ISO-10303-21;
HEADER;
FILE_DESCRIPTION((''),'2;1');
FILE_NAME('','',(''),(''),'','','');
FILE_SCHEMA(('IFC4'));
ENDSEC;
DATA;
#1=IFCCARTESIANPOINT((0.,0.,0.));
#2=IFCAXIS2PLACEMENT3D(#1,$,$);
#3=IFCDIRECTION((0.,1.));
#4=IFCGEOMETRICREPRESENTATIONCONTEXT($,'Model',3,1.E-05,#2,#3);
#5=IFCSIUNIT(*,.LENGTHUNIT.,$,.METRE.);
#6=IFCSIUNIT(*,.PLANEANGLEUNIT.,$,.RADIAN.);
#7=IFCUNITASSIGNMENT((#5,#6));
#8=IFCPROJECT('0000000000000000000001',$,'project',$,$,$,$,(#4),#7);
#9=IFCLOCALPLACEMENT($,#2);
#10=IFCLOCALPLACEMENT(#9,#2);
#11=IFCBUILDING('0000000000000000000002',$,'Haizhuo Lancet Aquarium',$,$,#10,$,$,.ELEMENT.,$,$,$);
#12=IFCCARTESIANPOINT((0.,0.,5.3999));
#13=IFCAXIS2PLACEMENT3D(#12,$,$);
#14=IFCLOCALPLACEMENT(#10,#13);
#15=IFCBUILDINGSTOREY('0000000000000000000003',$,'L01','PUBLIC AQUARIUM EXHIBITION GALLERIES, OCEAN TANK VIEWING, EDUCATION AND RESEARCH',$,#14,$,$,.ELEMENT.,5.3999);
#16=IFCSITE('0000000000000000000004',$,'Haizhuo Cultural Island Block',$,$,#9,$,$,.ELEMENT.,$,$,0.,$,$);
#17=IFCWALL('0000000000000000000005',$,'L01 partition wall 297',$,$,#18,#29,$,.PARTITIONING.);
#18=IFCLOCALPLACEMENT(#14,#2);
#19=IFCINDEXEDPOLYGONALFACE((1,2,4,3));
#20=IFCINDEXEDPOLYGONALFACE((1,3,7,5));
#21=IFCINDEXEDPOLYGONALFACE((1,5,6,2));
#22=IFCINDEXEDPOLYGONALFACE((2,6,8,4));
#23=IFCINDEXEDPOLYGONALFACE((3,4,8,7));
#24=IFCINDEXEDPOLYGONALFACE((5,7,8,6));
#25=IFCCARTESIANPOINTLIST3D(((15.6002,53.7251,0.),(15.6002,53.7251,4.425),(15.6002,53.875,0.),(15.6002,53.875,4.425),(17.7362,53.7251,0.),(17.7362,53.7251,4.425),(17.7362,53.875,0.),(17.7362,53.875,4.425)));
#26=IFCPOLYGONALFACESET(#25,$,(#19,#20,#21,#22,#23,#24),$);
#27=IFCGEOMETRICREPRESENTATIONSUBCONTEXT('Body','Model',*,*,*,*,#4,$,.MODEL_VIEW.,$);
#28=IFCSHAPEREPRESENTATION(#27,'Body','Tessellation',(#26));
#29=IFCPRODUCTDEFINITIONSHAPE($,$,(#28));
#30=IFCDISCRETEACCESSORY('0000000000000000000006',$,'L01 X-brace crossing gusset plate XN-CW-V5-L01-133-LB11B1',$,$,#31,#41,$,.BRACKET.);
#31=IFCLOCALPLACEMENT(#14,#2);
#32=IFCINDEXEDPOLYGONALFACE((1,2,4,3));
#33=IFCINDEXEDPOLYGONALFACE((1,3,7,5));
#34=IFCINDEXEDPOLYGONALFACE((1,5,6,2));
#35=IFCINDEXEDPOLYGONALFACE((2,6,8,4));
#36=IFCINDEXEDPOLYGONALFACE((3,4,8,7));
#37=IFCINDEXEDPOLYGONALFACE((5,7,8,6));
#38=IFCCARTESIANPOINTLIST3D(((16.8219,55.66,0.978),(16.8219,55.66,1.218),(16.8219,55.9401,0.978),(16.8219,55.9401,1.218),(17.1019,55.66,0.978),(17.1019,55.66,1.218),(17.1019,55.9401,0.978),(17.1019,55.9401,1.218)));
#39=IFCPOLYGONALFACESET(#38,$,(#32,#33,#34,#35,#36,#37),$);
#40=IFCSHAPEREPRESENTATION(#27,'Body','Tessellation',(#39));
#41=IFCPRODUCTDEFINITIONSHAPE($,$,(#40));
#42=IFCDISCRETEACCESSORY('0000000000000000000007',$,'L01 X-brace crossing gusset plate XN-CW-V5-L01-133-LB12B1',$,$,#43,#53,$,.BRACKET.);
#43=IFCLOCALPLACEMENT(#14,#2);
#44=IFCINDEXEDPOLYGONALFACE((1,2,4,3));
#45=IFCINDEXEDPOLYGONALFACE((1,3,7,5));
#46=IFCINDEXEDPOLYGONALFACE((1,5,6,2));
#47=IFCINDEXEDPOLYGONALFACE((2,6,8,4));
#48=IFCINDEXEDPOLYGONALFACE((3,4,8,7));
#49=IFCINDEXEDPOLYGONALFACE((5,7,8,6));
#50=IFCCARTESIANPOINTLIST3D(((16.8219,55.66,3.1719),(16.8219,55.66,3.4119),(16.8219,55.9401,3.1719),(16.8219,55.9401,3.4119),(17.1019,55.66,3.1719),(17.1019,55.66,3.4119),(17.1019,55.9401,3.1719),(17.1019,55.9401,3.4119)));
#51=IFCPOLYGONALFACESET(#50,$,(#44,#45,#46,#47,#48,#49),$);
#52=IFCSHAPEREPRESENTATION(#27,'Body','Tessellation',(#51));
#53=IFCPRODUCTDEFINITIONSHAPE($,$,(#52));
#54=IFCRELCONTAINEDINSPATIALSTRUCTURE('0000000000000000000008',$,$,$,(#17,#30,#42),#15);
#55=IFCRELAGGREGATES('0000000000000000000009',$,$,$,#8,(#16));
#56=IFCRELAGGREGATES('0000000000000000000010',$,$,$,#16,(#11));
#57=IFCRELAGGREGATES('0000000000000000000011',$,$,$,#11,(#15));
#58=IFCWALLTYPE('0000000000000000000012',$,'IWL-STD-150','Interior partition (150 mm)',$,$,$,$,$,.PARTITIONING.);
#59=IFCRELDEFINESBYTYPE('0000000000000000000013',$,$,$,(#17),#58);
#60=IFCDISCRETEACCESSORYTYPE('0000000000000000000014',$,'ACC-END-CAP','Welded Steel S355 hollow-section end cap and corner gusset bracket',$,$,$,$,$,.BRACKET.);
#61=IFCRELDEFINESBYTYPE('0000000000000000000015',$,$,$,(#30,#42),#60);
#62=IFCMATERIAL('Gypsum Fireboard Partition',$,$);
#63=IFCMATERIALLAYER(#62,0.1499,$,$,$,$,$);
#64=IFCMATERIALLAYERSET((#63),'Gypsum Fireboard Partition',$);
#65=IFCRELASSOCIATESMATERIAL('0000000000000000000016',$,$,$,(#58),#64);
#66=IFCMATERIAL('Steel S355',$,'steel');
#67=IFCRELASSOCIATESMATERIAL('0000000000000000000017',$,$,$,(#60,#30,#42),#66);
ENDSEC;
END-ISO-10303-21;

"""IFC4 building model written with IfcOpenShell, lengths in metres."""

from ifc_helpers import new_model, si_unit, direction, frame, frame_2d, origin, origin_2d, place, context, subcontext, project, spatial, rectangle, extrude, material, layer, layer_set, type_object, element, save


model = new_model("IFC4")

# Units and contexts
model_context = context("Model", 3, precision=1e-05, world=origin(), true_north=direction((0.0, 1.0)))
body_context = subcontext(model_context, "Body", "Model", "MODEL_VIEW")
ifc_project = project(units=[si_unit("LENGTHUNIT", "METRE"), si_unit("PLANEANGLEUNIT", "RADIAN")], contexts=[model_context])

# Site, building, storey
site_placement = place(None, origin())
site = spatial("IfcSite", under=ifc_project, at=site_placement, Name="Haizhuo Cultural Island Block", CompositionType="ELEMENT", RefElevation=0.0)
building_placement = place(site_placement, origin())
building = spatial("IfcBuilding", under=site, at=building_placement, Name="Haizhuo Lancet Aquarium", CompositionType="ELEMENT")
storey_placement = place(building_placement, frame((0.0, 0.0, 5.3999)))
storey = spatial("IfcBuildingStorey", under=building, at=storey_placement, Name="L01", Description="PUBLIC AQUARIUM EXHIBITION GALLERIES, OCEAN TANK VIEWING, EDUCATION AND RESEARCH", CompositionType="ELEMENT", Elevation=5.3999)

# Shared definitions
ifc_material_1 = material(Name="Steel S355", Category="steel")

# Wall
ifc_material_2 = material(Name="Gypsum Fireboard Partition")
ifc_layer_1 = layer(ifc_material_2, 0.1499)
ifc_layer_set_1 = layer_set([ifc_layer_1], Name="Gypsum Fireboard Partition")
wall_type = type_object("IfcWallType", Name="IWL-STD-150", Description="Interior partition (150 mm)", PredefinedType="PARTITIONING", material=ifc_layer_set_1)
wall_placement = place(storey_placement, frame((17.7361, 53.8, 0.0), z_axis=(0.0, 0.0, 1.0), x_axis=(-1.0, 0.0, 0.0)))
element("IfcWall", 1, at=wall_placement, inside=storey, type_object=wall_type, Name="L01 partition wall 297", PredefinedType="PARTITIONING", context=body_context, shape_type="SweptSolid", body=[
    extrude(rectangle(XDim=2.136, YDim=0.1499, at=frame_2d((1.0679, 0.0))), origin(), (0.0, 0.0, 1.0), 4.425),
])

# Discrete accessories
discrete_accessory_type = type_object("IfcDiscreteAccessoryType", Name="ACC-END-CAP", Description="Welded Steel S355 hollow-section end cap and corner gusset bracket", PredefinedType="BRACKET", material=ifc_material_1)
for number, where, z_axis, x_axis, name in (
    (2, (16.9619, 55.8, 0.978), (0.0, 0.0, 1.0), (1.0, 0.0, 0.0), "L01 X-brace crossing gusset plate XN-CW-V5-L01-133-LB11B1"),
    (3, (16.9619, 55.8, 3.1719), (0.0, 0.0, 1.0), (1.0, 0.0, 0.0), "L01 X-brace crossing gusset plate XN-CW-V5-L01-133-LB12B1"),
):
    element("IfcDiscreteAccessory", number, at=place(storey_placement, frame(where, z_axis=z_axis, x_axis=x_axis)), inside=storey, type_object=discrete_accessory_type, material=ifc_material_1, Name=name, PredefinedType="BRACKET", context=body_context, shape_type="SweptSolid", body=[
        extrude(rectangle(XDim=0.28, YDim=0.28, at=origin_2d()), origin(), (0.0, 0.0, 1.0), 0.24),
    ])

save(model, "model.ifc")
